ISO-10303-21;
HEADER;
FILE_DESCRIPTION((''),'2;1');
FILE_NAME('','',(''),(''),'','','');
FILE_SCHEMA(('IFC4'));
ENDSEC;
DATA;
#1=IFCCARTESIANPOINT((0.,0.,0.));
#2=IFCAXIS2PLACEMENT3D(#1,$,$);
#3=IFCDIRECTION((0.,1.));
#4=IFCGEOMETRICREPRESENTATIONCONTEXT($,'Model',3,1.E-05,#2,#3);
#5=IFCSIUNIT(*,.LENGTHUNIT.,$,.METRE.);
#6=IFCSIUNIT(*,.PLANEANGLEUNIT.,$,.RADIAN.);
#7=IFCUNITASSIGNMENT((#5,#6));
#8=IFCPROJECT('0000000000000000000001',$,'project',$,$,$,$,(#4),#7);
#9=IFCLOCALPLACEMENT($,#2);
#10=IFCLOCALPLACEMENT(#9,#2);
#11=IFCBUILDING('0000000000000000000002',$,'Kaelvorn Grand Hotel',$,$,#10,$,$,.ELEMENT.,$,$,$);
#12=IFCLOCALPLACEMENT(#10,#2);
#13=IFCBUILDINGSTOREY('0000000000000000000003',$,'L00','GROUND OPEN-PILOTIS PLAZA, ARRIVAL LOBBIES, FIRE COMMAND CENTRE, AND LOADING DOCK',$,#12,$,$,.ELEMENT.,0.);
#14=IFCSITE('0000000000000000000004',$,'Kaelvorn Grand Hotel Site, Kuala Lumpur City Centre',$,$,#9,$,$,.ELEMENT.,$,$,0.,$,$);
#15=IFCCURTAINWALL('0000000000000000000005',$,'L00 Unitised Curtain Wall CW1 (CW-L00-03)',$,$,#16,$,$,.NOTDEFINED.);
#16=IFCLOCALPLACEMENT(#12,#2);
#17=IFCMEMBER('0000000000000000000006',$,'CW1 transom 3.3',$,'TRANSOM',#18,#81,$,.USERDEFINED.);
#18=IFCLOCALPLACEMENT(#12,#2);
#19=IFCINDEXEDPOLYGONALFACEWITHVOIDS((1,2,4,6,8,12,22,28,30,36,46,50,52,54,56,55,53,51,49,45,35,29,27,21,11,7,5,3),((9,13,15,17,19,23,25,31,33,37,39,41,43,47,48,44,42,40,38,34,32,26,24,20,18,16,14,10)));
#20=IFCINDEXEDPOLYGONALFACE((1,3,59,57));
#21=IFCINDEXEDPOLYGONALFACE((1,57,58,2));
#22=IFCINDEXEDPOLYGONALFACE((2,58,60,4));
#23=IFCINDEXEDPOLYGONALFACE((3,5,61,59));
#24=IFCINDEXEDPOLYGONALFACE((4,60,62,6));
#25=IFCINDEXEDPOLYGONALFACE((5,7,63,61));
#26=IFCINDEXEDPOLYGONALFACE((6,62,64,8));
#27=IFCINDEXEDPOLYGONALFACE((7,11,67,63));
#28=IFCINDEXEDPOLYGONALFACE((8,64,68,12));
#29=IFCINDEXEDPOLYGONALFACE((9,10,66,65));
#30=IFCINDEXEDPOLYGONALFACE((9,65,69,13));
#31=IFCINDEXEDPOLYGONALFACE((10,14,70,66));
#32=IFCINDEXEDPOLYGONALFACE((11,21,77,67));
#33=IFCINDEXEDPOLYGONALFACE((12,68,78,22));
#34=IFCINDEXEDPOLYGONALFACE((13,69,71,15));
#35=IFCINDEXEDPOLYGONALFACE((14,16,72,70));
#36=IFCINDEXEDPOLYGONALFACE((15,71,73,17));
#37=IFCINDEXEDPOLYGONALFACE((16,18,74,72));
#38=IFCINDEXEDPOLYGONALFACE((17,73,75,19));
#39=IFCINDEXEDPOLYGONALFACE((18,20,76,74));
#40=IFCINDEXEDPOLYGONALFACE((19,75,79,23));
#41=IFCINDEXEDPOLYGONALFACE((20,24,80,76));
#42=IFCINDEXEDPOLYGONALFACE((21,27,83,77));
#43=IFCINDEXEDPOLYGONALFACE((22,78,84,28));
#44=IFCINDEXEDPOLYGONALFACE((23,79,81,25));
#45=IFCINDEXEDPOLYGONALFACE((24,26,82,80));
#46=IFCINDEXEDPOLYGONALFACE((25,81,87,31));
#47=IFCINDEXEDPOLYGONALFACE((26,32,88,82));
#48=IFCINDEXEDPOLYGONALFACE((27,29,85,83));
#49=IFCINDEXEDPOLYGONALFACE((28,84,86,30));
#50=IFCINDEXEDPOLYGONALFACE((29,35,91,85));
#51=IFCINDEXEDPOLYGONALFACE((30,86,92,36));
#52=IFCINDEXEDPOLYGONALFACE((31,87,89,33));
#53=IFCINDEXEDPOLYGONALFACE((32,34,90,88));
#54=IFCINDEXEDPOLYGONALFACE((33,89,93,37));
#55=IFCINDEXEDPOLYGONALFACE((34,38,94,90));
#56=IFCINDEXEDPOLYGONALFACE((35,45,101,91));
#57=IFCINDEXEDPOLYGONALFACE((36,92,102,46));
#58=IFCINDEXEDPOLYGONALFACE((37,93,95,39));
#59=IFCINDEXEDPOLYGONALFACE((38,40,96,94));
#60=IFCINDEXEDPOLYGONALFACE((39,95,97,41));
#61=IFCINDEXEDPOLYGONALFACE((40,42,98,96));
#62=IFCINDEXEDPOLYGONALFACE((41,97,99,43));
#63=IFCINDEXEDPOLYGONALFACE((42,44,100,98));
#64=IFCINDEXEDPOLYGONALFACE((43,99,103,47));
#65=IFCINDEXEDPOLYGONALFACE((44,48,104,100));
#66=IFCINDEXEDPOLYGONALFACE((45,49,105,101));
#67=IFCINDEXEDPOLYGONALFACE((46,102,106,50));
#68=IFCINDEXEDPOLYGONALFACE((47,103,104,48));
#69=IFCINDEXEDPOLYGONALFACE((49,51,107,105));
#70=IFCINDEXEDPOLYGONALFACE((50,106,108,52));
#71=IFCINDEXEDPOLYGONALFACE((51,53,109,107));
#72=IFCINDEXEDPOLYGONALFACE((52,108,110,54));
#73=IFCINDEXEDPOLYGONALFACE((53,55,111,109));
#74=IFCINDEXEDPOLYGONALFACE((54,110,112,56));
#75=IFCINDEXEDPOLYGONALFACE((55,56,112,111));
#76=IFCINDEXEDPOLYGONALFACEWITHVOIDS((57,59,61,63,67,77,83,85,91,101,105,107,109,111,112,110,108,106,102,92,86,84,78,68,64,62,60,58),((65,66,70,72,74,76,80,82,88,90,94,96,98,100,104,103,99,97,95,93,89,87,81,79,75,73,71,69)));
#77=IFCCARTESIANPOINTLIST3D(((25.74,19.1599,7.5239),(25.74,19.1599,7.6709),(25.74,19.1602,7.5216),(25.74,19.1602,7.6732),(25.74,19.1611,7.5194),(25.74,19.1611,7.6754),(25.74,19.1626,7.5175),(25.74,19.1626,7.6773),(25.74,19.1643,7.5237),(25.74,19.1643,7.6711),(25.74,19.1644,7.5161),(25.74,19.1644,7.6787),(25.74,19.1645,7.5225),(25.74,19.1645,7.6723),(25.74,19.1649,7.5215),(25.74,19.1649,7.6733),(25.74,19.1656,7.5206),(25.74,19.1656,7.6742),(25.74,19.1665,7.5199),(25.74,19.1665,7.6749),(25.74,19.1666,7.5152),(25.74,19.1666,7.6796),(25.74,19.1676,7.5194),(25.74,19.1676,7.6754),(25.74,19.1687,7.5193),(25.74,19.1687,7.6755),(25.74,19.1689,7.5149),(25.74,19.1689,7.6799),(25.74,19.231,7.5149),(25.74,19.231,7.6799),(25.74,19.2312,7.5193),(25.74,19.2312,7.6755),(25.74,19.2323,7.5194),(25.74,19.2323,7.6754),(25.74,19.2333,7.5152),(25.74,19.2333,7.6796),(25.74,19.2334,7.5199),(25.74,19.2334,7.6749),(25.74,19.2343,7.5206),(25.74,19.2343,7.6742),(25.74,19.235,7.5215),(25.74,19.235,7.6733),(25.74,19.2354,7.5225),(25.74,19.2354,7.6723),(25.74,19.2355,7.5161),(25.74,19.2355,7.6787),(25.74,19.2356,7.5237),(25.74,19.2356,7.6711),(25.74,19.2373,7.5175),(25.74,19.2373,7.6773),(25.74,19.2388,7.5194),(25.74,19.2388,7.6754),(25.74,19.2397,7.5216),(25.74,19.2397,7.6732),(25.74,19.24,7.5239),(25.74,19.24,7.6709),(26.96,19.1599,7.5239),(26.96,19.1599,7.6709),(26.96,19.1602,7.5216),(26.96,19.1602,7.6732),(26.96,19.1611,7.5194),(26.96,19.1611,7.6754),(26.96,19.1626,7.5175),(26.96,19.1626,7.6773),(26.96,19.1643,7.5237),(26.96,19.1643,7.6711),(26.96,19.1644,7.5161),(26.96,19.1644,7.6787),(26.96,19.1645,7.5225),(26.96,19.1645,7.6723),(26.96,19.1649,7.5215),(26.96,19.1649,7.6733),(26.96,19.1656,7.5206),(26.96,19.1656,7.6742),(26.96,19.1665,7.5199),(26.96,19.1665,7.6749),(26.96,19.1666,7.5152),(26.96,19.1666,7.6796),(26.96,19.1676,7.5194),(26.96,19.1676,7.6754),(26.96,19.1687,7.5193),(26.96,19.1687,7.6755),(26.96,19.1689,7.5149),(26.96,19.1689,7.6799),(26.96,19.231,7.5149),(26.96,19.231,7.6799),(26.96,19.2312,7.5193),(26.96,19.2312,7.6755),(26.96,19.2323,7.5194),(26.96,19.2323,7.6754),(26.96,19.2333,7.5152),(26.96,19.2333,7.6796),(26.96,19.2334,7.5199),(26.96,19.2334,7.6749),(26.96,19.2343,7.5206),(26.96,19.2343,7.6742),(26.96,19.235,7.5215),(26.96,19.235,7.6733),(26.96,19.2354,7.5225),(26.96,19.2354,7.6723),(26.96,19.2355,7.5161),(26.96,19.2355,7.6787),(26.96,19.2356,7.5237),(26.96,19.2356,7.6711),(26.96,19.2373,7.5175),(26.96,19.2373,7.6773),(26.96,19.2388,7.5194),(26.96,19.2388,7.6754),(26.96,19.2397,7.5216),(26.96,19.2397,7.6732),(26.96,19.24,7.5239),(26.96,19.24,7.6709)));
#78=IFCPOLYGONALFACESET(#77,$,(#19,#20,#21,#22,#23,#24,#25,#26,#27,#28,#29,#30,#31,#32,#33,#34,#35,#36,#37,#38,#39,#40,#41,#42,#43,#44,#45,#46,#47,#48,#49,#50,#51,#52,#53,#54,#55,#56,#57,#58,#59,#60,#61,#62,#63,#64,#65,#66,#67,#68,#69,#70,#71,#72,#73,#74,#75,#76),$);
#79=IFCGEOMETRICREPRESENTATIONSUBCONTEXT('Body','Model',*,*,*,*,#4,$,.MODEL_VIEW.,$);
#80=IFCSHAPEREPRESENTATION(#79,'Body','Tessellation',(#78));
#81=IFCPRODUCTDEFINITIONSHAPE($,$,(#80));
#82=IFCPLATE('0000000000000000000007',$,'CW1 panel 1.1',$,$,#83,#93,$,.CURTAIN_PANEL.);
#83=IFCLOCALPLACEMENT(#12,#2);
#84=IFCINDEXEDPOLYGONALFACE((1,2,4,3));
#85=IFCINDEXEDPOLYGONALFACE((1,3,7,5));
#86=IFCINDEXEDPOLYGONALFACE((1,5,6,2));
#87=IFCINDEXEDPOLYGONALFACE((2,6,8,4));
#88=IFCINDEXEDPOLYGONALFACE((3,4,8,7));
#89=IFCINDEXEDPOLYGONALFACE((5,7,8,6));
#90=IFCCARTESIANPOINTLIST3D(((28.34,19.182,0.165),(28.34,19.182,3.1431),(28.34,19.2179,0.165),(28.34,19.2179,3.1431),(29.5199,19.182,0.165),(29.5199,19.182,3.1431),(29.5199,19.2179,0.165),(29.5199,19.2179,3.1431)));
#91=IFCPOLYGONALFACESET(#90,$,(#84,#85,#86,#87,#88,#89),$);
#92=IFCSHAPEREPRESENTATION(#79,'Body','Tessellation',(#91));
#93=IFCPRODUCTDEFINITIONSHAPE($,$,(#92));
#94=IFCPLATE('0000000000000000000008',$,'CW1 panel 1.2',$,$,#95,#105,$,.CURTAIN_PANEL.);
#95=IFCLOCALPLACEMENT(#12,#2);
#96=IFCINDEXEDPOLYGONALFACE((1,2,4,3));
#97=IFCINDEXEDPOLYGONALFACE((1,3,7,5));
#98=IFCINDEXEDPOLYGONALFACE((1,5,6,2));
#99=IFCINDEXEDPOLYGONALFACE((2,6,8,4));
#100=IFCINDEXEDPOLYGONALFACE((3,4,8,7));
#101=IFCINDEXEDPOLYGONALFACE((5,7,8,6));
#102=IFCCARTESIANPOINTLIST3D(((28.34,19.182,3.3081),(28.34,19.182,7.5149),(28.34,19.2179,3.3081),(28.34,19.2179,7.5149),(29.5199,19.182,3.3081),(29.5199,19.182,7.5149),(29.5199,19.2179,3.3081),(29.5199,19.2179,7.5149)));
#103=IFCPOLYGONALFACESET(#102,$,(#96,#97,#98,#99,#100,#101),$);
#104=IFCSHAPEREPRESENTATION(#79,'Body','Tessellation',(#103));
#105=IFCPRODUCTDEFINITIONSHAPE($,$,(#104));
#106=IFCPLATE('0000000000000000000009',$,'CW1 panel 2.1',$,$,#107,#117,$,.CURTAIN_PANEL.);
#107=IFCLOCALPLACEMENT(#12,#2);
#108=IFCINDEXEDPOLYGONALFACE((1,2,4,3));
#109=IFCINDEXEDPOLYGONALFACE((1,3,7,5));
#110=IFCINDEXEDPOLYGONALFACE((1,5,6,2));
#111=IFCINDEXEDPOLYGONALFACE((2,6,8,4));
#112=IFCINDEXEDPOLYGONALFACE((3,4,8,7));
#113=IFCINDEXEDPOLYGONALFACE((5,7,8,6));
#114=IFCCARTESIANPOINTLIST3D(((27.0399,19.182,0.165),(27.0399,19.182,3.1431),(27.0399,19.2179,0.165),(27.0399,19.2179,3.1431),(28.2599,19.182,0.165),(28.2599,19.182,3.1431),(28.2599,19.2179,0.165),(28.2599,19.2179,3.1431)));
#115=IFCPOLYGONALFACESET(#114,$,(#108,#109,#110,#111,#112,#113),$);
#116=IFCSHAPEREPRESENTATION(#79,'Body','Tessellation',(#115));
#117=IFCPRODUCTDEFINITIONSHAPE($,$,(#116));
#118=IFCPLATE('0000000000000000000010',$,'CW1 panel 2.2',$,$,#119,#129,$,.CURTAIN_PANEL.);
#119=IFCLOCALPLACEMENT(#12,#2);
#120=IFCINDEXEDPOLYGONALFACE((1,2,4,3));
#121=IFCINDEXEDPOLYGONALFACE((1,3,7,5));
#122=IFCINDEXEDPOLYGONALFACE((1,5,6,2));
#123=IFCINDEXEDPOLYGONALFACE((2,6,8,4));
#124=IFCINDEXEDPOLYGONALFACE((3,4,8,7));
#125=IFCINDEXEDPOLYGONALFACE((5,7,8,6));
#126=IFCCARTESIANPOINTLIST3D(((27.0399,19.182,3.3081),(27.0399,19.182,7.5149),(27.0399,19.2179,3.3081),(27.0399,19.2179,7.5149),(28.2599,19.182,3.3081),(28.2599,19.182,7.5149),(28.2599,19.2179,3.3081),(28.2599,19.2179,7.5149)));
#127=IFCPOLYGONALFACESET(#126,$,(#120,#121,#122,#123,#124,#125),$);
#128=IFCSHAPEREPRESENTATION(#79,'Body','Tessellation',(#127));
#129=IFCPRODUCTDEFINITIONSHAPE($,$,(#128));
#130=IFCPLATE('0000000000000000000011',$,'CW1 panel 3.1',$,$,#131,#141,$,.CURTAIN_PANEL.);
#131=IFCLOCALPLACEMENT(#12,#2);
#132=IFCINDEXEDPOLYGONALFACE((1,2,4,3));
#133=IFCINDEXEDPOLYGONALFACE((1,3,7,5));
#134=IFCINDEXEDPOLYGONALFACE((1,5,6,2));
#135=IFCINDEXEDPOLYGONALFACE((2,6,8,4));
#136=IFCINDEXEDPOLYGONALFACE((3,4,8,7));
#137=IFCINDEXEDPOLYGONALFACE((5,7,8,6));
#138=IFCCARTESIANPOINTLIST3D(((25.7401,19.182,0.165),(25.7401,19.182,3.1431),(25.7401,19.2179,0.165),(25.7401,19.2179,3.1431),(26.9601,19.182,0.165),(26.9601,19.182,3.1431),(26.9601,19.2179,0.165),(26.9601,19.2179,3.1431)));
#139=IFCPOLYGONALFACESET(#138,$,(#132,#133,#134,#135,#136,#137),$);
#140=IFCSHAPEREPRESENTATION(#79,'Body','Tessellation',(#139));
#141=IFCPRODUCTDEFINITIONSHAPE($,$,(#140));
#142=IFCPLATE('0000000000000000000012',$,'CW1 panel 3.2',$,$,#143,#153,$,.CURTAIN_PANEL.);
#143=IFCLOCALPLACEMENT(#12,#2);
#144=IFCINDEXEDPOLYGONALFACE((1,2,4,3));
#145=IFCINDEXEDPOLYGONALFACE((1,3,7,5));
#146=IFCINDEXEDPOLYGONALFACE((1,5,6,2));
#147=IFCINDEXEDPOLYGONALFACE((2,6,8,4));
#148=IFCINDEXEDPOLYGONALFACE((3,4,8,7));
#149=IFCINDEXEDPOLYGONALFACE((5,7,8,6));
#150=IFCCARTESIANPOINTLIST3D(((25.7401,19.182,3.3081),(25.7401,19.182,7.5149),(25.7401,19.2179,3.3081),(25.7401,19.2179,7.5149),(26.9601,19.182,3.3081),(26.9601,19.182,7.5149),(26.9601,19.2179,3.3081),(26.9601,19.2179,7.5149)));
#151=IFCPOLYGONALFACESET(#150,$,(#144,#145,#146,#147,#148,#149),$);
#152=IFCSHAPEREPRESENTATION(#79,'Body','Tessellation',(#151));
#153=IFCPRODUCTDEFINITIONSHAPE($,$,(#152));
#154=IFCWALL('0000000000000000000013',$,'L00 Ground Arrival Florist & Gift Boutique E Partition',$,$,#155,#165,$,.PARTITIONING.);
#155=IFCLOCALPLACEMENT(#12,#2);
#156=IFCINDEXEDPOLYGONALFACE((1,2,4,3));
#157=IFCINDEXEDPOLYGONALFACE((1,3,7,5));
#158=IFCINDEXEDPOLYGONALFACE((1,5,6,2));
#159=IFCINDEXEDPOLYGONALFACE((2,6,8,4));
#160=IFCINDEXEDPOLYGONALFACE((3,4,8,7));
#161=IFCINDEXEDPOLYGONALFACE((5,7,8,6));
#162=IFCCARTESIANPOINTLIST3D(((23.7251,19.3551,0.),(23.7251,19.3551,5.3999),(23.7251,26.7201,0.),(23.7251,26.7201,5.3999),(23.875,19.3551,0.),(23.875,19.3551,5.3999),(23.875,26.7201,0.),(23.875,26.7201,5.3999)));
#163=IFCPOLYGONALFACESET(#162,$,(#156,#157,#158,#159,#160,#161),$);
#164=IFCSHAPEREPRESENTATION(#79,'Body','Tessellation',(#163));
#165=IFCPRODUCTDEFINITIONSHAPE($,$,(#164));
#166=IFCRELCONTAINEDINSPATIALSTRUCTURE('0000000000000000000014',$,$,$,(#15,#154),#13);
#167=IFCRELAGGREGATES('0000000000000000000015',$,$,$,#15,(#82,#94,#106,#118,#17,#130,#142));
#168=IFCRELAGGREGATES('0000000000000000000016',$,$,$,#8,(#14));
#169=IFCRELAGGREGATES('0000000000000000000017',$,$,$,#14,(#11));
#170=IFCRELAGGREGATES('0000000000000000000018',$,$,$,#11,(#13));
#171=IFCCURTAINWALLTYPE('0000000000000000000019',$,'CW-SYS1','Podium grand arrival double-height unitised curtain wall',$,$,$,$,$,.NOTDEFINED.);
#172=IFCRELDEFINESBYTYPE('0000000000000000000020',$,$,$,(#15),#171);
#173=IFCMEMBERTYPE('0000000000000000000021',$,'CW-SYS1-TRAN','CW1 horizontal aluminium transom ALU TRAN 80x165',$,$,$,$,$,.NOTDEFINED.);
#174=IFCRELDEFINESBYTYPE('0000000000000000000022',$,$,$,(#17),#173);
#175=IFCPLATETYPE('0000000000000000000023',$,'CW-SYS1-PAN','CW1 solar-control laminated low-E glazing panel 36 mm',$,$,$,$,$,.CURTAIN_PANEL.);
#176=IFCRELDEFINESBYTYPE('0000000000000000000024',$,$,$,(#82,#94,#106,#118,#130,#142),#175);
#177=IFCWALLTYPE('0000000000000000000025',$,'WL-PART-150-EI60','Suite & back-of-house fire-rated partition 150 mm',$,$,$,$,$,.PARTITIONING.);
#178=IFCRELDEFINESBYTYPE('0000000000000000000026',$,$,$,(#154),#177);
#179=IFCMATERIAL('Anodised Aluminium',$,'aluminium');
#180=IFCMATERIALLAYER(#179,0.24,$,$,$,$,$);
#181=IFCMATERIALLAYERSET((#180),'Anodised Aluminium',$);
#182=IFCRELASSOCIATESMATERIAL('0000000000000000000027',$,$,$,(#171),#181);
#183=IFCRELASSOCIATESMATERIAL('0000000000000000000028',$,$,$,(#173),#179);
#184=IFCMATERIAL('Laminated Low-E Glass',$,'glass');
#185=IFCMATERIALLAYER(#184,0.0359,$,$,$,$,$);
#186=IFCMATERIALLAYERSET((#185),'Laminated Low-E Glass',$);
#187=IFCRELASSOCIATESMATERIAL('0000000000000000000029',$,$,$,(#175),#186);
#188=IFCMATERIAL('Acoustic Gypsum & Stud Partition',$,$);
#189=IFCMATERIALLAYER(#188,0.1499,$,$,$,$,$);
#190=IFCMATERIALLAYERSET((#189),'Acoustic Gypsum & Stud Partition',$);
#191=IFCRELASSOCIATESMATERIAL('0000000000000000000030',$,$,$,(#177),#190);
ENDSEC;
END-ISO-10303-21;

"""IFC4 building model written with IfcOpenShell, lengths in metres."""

from ifc_helpers import new_model, si_unit, direction, frame, frame_2d, origin, origin_2d, place, context, subcontext, project, spatial, rectangle, hollow_rectangle, extrude, material, layer, layer_set, material_profile, profile_set, type_object, element, aggregate, save


model = new_model("IFC4")

# Units and contexts
model_context = context("Model", 3, precision=1e-05, world=origin(), true_north=direction((0.0, 1.0)))
body_context = subcontext(model_context, "Body", "Model", "MODEL_VIEW")
ifc_project = project(units=[si_unit("LENGTHUNIT", "METRE"), si_unit("PLANEANGLEUNIT", "RADIAN")], contexts=[model_context])

# Site, building, storey
site_placement = place(None, origin())
site = spatial("IfcSite", under=ifc_project, at=site_placement, Name="Kaelvorn Grand Hotel Site, Kuala Lumpur City Centre", CompositionType="ELEMENT", RefElevation=0.0)
building_placement = place(site_placement, origin())
building = spatial("IfcBuilding", under=site, at=building_placement, Name="Kaelvorn Grand Hotel", CompositionType="ELEMENT")
storey_placement = place(building_placement, origin())
storey = spatial("IfcBuildingStorey", under=building, at=storey_placement, Name="L00", Description="GROUND OPEN-PILOTIS PLAZA, ARRIVAL LOBBIES, FIRE COMMAND CENTRE, AND LOADING DOCK", CompositionType="ELEMENT", Elevation=0.0)

# Curtain wall, member, plates
ifc_material_1 = material(Name="Anodised Aluminium", Category="aluminium")
ifc_layer_1 = layer(ifc_material_1, 0.24)
ifc_layer_set_1 = layer_set([ifc_layer_1], Name="Anodised Aluminium")
curtain_wall_type = type_object("IfcCurtainWallType", Name="CW-SYS1", Description="Podium grand arrival double-height unitised curtain wall", PredefinedType="NOTDEFINED", material=ifc_layer_set_1)
curtain_wall_placement = place(storey_placement, origin())
curtain_wall = element("IfcCurtainWall", 1, at=curtain_wall_placement, inside=storey, type_object=curtain_wall_type, Name="L00 Unitised Curtain Wall CW1 (CW-L00-03)", PredefinedType="NOTDEFINED")
ifc_material_profile_1 = material_profile(ifc_material_1, hollow_rectangle(XDim=0.0801, YDim=0.165, WallThickness=0.0044, InnerFilletRadius=0.0044, OuterFilletRadius=0.009, at=origin_2d()), Name="ALU TRAN 80x165")
ifc_profile_set_1 = profile_set([ifc_material_profile_1], Name="Anodised Aluminium")
member_type_1 = type_object("IfcMemberType", Name="CW-SYS1-TRAN", Description="CW1 horizontal aluminium transom ALU TRAN 80x165", PredefinedType="NOTDEFINED", material=ifc_profile_set_1)
member_1_placement = place(storey_placement, frame((26.96, 19.2, 7.5974), z_axis=(-1.0, 0.0, 0.0), x_axis=(0.0, -1.0, 0.0)))
member_1 = element("IfcMember", 2, at=member_1_placement, type_object=member_type_1, Name="CW1 transom 3.3", ObjectType="TRANSOM", PredefinedType="USERDEFINED", context=body_context, shape_type="SweptSolid", body=[
    extrude(hollow_rectangle(XDim=0.0801, YDim=0.165, WallThickness=0.0044, InnerFilletRadius=0.0044, OuterFilletRadius=0.009, at=origin_2d()), origin(), (0.0, 0.0, 1.0), 1.22),
])
ifc_material_2 = material(Name="Laminated Low-E Glass", Category="glass")
ifc_layer_2 = layer(ifc_material_2, 0.0359)
ifc_layer_set_2 = layer_set([ifc_layer_2], Name="Laminated Low-E Glass")
plate_type = type_object("IfcPlateType", Name="CW-SYS1-PAN", Description="CW1 solar-control laminated low-E glazing panel 36 mm", PredefinedType="CURTAIN_PANEL", material=ifc_layer_set_2)
plate_1_placement = place(storey_placement, frame((28.9299, 19.2, 0.165), z_axis=(0.0, 0.0, 1.0), x_axis=(-1.0, 0.0, 0.0)))
plate_1 = element("IfcPlate", 3, at=plate_1_placement, type_object=plate_type, Name="CW1 panel 1.1", PredefinedType="CURTAIN_PANEL", context=body_context, shape_type="SweptSolid", body=[
    extrude(rectangle(XDim=1.1799, YDim=0.0359, at=origin_2d()), origin(), (0.0, 0.0, 1.0), 2.978),
])
plate_2_placement = place(storey_placement, frame((28.9299, 19.2, 3.3081), z_axis=(0.0, 0.0, 1.0), x_axis=(-1.0, 0.0, 0.0)))
plate_2 = element("IfcPlate", 4, at=plate_2_placement, type_object=plate_type, Name="CW1 panel 1.2", PredefinedType="CURTAIN_PANEL", context=body_context, shape_type="SweptSolid", body=[
    extrude(rectangle(XDim=1.1799, YDim=0.0359, at=origin_2d()), origin(), (0.0, 0.0, 1.0), 4.2068),
])
plate_3_placement = place(storey_placement, frame((27.6499, 19.2, 0.165), z_axis=(0.0, 0.0, 1.0), x_axis=(-1.0, 0.0, 0.0)))
plate_3 = element("IfcPlate", 5, at=plate_3_placement, type_object=plate_type, Name="CW1 panel 2.1", PredefinedType="CURTAIN_PANEL", context=body_context, shape_type="SweptSolid", body=[
    extrude(rectangle(XDim=1.22, YDim=0.0359, at=origin_2d()), origin(), (0.0, 0.0, 1.0), 2.978),
])
plate_4_placement = place(storey_placement, frame((27.6499, 19.2, 3.3081), z_axis=(0.0, 0.0, 1.0), x_axis=(-1.0, 0.0, 0.0)))
plate_4 = element("IfcPlate", 6, at=plate_4_placement, type_object=plate_type, Name="CW1 panel 2.2", PredefinedType="CURTAIN_PANEL", context=body_context, shape_type="SweptSolid", body=[
    extrude(rectangle(XDim=1.22, YDim=0.0359, at=origin_2d()), origin(), (0.0, 0.0, 1.0), 4.2068),
])
plate_5_placement = place(storey_placement, frame((26.3501, 19.2, 0.165), z_axis=(0.0, 0.0, 1.0), x_axis=(-1.0, 0.0, 0.0)))
plate_5 = element("IfcPlate", 7, at=plate_5_placement, type_object=plate_type, Name="CW1 panel 3.1", PredefinedType="CURTAIN_PANEL", context=body_context, shape_type="SweptSolid", body=[
    extrude(rectangle(XDim=1.22, YDim=0.0359, at=origin_2d()), origin(), (0.0, 0.0, 1.0), 2.978),
])
plate_6_placement = place(storey_placement, frame((26.3501, 19.2, 3.3081), z_axis=(0.0, 0.0, 1.0), x_axis=(-1.0, 0.0, 0.0)))
plate_6 = element("IfcPlate", 8, at=plate_6_placement, type_object=plate_type, Name="CW1 panel 3.2", PredefinedType="CURTAIN_PANEL", context=body_context, shape_type="SweptSolid", body=[
    extrude(rectangle(XDim=1.22, YDim=0.0359, at=origin_2d()), origin(), (0.0, 0.0, 1.0), 4.2068),
])
aggregate(curtain_wall, [plate_1, plate_2, plate_3, plate_4, member_1, plate_5, plate_6])

# Wall
ifc_material_3 = material(Name="Acoustic Gypsum & Stud Partition")
ifc_layer_3 = layer(ifc_material_3, 0.1499)
ifc_layer_set_3 = layer_set([ifc_layer_3], Name="Acoustic Gypsum & Stud Partition")
wall_type = type_object("IfcWallType", Name="WL-PART-150-EI60", Description="Suite & back-of-house fire-rated partition 150 mm", PredefinedType="PARTITIONING", material=ifc_layer_set_3)
wall_1_placement = place(storey_placement, frame((23.8, 19.355, 0.0), z_axis=(0.0, 0.0, 1.0), x_axis=(0.0, 1.0, 0.0)))
element("IfcWall", 9, at=wall_1_placement, inside=storey, type_object=wall_type, Name="L00 Ground Arrival Florist & Gift Boutique E Partition", PredefinedType="PARTITIONING", context=body_context, shape_type="SweptSolid", body=[
    extrude(rectangle(XDim=7.365, YDim=0.1499, at=frame_2d((3.6826, 0.0))), origin(), (0.0, 0.0, 1.0), 5.3999),
])

save(model, "model.ifc")
